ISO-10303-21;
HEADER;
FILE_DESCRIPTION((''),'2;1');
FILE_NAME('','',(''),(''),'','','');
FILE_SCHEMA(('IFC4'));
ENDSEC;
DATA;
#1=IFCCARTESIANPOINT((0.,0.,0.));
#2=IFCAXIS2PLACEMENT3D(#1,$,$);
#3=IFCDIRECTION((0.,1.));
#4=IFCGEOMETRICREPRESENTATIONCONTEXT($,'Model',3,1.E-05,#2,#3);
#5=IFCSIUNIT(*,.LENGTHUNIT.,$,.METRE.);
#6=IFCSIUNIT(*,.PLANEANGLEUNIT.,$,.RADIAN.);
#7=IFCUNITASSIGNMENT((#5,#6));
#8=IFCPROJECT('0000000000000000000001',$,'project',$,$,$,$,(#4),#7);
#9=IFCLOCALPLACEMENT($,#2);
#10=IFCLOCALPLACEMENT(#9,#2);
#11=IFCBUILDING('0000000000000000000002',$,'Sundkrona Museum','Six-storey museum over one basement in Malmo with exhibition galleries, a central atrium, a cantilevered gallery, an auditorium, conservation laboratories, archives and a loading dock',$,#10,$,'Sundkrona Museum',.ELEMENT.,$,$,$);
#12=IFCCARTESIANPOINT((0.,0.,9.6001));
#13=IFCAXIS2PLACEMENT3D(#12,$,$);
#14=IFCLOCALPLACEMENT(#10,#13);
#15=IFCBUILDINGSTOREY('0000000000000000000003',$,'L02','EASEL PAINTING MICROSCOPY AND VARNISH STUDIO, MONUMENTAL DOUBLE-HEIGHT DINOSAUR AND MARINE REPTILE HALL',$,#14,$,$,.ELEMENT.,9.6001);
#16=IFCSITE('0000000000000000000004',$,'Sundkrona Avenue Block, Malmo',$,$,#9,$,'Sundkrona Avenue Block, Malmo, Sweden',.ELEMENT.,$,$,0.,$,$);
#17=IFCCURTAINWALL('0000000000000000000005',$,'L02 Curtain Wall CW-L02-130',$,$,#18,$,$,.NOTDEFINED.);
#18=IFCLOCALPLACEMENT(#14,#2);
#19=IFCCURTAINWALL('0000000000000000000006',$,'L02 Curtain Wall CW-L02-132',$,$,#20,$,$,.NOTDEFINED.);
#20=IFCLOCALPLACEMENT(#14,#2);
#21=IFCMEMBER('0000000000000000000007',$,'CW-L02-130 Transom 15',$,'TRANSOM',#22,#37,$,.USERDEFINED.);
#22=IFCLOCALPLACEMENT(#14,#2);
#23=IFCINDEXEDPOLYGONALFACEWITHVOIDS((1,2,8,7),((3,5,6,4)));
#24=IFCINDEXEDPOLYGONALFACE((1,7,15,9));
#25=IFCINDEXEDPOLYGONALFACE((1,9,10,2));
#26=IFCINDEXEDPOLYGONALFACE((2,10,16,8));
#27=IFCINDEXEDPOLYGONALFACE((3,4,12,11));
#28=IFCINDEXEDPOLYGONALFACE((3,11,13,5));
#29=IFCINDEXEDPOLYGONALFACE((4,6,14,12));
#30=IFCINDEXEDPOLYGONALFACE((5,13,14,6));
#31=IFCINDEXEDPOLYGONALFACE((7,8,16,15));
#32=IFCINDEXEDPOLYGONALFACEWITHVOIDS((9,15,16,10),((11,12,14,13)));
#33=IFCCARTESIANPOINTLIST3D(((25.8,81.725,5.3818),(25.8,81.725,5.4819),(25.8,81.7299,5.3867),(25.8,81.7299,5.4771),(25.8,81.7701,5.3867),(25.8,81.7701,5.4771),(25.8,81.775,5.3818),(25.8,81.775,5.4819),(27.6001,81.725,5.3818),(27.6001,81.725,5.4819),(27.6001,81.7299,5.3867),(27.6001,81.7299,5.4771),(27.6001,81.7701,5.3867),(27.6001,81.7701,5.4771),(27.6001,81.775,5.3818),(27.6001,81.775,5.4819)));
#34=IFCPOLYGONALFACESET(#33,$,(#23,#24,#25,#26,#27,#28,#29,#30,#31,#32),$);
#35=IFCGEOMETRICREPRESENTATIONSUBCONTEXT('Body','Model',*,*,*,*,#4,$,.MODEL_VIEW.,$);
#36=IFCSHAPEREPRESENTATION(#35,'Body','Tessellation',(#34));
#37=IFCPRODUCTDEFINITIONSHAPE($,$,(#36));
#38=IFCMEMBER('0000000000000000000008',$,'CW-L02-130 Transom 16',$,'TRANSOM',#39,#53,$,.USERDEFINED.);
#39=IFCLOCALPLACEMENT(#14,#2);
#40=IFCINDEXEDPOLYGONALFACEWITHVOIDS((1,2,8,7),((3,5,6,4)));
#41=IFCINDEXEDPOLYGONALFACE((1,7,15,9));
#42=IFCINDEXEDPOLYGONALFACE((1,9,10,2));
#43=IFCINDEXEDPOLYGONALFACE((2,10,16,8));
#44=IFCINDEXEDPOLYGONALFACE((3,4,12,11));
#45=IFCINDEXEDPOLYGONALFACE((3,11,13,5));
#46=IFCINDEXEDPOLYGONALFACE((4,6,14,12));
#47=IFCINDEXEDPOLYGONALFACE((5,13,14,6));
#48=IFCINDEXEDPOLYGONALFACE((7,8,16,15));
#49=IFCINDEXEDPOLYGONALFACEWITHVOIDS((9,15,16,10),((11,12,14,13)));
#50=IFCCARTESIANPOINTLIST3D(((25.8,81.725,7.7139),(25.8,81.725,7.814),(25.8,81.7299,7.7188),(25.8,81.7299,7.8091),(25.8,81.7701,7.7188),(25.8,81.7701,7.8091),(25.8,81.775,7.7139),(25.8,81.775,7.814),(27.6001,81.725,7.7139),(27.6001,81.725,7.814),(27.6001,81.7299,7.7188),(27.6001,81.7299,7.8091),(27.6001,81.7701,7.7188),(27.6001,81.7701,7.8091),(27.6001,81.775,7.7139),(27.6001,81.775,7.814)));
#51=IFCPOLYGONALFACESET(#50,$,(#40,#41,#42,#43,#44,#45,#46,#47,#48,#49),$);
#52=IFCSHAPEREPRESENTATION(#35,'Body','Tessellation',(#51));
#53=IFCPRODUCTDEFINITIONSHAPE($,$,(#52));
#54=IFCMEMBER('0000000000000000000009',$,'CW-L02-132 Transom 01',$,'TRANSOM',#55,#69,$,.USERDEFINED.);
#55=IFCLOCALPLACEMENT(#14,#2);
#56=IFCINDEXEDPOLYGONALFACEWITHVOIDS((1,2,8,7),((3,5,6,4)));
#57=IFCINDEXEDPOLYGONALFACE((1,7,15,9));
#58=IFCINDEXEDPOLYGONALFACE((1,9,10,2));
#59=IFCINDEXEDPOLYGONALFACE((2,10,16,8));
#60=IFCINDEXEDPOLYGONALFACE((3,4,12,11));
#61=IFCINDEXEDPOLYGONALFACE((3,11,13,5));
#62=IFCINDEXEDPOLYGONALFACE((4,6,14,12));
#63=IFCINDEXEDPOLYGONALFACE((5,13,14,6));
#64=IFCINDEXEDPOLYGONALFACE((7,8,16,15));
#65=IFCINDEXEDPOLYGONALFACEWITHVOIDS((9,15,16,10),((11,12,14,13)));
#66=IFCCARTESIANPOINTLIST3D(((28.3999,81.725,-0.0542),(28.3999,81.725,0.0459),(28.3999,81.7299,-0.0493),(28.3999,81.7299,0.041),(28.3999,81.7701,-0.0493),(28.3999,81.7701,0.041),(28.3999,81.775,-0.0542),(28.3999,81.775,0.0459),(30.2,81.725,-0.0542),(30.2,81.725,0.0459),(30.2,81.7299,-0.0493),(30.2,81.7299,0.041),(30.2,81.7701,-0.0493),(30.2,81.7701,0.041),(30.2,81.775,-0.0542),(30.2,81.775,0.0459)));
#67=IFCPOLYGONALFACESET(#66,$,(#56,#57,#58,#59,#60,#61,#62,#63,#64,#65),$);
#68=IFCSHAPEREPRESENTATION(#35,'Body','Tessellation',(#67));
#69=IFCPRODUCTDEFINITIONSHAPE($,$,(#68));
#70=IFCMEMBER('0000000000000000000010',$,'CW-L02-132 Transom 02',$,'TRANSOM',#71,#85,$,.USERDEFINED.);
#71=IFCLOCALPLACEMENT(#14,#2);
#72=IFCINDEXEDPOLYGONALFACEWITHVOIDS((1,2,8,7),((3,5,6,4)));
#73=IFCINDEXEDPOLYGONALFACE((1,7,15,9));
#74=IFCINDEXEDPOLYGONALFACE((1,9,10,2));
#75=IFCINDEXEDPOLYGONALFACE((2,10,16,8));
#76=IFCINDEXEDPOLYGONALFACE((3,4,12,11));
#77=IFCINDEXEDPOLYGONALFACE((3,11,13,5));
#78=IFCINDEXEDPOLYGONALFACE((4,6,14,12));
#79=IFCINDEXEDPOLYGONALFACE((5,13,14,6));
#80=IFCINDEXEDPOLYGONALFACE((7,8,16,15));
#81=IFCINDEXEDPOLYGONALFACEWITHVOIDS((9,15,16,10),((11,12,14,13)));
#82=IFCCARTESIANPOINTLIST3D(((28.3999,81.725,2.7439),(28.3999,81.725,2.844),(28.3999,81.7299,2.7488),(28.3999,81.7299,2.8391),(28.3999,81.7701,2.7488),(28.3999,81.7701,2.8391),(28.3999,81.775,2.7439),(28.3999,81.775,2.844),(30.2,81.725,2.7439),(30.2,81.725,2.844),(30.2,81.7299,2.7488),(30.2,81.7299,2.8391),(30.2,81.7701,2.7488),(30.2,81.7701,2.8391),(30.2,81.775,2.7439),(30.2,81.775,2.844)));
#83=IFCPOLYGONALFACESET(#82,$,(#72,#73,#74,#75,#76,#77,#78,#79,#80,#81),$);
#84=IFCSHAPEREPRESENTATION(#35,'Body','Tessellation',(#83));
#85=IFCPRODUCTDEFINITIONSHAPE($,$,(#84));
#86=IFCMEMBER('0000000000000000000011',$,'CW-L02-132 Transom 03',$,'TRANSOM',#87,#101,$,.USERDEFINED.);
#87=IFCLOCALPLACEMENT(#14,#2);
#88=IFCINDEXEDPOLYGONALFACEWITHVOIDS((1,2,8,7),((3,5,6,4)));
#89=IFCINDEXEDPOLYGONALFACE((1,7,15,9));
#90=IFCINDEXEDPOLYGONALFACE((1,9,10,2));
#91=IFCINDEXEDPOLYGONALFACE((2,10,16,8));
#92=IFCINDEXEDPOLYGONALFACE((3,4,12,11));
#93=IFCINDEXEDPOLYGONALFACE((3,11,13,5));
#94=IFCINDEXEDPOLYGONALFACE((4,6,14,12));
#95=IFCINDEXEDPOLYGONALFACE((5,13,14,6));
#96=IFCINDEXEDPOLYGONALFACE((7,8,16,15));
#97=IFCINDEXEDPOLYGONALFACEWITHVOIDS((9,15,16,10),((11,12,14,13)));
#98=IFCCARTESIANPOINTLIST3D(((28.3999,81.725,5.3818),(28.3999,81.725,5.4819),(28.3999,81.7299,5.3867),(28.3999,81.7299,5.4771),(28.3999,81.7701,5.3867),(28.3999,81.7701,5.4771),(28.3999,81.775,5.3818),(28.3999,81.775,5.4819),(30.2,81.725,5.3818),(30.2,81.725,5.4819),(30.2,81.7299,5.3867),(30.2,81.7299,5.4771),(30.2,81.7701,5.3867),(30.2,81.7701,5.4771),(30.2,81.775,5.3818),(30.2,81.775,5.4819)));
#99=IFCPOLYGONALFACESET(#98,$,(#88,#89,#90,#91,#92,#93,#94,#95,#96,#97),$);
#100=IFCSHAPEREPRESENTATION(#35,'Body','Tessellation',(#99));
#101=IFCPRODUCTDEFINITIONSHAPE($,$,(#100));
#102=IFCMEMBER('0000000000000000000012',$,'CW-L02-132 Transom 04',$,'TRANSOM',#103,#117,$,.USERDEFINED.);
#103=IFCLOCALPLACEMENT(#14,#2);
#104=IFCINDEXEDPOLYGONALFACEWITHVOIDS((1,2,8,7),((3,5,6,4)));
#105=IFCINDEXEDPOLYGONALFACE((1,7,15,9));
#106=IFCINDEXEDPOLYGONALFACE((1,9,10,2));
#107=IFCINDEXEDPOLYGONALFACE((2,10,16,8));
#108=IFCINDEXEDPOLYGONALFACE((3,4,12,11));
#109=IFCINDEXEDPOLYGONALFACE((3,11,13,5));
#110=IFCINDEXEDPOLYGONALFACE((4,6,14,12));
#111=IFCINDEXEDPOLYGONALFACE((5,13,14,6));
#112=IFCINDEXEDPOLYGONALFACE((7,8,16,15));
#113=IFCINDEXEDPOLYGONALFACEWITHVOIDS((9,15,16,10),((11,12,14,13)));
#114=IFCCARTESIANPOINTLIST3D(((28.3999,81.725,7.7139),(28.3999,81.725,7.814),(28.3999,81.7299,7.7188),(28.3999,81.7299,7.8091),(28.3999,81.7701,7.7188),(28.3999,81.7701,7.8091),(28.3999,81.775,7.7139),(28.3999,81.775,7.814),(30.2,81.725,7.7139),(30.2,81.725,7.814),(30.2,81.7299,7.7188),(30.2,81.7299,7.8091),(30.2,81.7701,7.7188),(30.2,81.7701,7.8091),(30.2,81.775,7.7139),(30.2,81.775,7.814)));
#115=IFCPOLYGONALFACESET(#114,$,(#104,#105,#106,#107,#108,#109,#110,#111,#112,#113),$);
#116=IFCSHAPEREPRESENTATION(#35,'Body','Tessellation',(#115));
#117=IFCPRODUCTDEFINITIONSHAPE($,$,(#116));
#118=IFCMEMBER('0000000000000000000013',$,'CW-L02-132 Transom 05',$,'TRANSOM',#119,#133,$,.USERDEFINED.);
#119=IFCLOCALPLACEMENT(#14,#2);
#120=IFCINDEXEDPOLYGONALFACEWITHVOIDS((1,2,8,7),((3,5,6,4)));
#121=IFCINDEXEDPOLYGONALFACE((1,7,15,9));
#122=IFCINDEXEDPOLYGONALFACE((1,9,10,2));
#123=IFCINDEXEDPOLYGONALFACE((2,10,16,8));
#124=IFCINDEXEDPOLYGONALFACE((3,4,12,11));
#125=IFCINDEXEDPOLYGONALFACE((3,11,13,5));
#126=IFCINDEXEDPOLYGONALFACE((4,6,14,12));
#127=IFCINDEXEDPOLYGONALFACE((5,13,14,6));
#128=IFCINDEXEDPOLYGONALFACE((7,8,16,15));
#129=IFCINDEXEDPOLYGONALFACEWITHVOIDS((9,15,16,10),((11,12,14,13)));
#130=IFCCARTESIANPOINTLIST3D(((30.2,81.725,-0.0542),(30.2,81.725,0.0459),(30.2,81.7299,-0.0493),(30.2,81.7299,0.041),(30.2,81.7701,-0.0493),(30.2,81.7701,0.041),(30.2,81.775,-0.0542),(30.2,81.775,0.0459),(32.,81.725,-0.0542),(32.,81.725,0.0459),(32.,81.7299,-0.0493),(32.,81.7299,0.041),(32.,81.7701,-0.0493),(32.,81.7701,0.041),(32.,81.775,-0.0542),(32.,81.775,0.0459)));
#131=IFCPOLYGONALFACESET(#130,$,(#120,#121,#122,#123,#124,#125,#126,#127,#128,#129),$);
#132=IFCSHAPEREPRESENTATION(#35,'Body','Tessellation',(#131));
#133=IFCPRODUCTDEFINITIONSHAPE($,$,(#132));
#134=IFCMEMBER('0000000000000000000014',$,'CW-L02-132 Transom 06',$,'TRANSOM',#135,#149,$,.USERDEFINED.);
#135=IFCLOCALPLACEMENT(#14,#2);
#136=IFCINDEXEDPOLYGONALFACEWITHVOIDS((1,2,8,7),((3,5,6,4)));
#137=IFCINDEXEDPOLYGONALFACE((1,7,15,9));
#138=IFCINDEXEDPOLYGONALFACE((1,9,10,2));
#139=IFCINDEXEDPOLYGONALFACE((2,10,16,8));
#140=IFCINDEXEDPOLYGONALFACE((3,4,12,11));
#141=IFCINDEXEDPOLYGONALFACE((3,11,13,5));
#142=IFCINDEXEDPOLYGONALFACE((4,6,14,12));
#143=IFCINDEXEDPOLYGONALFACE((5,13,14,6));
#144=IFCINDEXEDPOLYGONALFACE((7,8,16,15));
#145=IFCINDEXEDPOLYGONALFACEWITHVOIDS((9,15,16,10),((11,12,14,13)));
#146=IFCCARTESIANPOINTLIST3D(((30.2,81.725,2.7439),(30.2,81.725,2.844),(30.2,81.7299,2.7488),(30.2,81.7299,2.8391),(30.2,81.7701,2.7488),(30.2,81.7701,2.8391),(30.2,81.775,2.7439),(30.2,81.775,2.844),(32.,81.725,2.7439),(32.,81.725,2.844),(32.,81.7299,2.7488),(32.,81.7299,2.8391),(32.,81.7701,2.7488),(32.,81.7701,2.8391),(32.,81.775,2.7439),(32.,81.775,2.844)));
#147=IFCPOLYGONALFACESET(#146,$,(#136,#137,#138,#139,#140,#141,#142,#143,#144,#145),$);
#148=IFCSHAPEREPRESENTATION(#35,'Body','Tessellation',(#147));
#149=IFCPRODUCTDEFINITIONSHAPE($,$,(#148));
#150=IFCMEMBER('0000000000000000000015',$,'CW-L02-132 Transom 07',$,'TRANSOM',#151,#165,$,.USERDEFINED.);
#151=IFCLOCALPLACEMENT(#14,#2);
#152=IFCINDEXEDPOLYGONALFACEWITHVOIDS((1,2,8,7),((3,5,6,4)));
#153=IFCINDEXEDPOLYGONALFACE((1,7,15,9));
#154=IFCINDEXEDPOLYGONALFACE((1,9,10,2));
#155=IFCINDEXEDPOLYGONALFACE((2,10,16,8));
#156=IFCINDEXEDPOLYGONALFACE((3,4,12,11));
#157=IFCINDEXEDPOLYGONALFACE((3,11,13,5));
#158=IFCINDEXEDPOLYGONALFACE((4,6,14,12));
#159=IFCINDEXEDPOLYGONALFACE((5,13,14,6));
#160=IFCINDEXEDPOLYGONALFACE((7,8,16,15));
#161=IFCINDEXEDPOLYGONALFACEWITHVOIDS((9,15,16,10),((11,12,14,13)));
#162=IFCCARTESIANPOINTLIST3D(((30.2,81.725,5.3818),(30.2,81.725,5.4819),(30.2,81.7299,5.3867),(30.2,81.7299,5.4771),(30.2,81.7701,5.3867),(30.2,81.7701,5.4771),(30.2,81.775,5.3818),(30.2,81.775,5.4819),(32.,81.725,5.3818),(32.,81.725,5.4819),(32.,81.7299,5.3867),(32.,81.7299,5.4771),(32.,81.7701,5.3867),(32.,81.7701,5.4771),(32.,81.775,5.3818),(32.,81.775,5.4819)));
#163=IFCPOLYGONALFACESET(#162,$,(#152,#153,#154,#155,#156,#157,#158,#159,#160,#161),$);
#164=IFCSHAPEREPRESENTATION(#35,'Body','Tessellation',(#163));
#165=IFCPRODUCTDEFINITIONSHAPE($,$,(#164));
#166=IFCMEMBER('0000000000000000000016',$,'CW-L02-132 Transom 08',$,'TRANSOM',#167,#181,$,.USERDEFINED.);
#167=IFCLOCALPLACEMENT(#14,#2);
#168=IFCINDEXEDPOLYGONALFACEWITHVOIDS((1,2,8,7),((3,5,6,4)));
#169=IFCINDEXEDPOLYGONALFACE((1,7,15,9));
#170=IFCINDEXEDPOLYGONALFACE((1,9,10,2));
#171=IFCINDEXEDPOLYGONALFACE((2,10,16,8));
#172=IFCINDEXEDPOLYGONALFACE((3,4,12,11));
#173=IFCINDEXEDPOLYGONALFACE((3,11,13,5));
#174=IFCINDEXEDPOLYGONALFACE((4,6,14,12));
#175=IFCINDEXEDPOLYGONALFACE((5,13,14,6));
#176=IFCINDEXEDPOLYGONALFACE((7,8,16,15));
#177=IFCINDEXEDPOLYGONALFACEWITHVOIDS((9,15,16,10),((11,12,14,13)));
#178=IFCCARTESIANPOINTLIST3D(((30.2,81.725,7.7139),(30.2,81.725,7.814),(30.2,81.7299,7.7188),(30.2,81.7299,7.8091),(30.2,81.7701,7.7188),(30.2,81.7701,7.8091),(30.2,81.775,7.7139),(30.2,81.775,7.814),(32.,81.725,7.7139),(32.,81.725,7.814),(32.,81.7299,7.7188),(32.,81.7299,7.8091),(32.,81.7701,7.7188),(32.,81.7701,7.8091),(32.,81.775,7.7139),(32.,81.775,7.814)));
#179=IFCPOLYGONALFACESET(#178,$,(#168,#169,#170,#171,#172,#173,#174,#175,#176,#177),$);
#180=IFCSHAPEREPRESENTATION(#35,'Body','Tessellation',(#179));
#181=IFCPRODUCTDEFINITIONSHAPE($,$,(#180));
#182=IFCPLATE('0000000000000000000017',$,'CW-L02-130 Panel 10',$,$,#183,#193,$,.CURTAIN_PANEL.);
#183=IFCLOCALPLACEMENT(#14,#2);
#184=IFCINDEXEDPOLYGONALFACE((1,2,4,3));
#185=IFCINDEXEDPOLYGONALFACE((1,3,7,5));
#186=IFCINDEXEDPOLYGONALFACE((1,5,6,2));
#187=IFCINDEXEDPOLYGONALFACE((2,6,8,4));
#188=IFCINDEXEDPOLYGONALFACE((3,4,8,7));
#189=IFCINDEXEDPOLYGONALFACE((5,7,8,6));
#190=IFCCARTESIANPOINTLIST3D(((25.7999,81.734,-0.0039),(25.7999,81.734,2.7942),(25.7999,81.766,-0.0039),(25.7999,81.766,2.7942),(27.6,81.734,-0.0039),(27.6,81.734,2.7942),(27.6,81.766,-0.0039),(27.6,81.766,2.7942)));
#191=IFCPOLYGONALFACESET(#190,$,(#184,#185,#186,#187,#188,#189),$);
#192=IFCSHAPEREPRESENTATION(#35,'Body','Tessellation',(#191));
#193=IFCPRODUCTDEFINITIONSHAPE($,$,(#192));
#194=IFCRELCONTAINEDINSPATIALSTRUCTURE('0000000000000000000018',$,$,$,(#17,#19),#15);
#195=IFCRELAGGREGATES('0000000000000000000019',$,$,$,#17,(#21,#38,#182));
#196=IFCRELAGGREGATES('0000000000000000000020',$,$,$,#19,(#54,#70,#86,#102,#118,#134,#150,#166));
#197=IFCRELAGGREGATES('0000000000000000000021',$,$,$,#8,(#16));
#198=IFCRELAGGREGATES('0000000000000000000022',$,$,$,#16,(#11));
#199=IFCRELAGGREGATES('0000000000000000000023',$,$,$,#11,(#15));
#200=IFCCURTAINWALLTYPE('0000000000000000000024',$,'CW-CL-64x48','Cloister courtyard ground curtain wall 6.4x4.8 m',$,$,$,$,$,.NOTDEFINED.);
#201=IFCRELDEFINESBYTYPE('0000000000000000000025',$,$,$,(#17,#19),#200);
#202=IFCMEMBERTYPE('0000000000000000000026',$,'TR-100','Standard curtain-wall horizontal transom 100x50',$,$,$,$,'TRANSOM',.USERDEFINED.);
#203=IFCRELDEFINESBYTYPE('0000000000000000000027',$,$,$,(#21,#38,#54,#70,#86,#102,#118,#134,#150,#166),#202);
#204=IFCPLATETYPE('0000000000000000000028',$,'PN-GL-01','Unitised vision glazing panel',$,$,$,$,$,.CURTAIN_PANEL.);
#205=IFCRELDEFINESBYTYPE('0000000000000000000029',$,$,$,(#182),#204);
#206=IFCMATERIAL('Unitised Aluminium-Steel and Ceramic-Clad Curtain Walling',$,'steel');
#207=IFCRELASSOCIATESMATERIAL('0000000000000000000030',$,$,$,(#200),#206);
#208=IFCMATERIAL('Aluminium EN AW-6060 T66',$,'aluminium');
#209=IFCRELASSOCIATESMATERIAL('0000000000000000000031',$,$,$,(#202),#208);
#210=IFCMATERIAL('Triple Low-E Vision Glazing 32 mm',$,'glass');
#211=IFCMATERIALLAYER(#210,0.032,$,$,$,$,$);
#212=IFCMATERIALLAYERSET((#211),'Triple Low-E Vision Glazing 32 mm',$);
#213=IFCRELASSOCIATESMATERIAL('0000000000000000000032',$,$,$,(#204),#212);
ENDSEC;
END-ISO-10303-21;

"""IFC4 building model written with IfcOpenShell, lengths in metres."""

from ifc_helpers import new_model, si_unit, direction, frame, origin, origin_2d, place, context, subcontext, project, spatial, rectangle, hollow_rectangle, extrude, material, layer, layer_set, material_profile, profile_set, type_object, element, aggregate, save


model = new_model("IFC4")

# Units and contexts
model_context = context("Model", 3, precision=1e-05, world=origin(), true_north=direction((0.0, 1.0)))
body_context = subcontext(model_context, "Body", "Model", "MODEL_VIEW")
ifc_project = project(units=[si_unit("LENGTHUNIT", "METRE"), si_unit("PLANEANGLEUNIT", "RADIAN")], contexts=[model_context])

# Site, building, storey
site_placement = place(None, origin())
site = spatial("IfcSite", under=ifc_project, at=site_placement, Name="Sundkrona Avenue Block, Malmo", LongName="Sundkrona Avenue Block, Malmo, Sweden", CompositionType="ELEMENT", RefElevation=0.0)
building_placement = place(site_placement, origin())
building = spatial("IfcBuilding", under=site, at=building_placement, Name="Sundkrona Museum", Description="Six-storey museum over one basement in Malmo with exhibition galleries, a central atrium, a cantilevered gallery, an auditorium, conservation laboratories, archives and a loading dock", LongName="Sundkrona Museum", CompositionType="ELEMENT")
storey_placement = place(building_placement, frame((0.0, 0.0, 9.6001)))
storey = spatial("IfcBuildingStorey", under=building, at=storey_placement, Name="L02", Description="EASEL PAINTING MICROSCOPY AND VARNISH STUDIO, MONUMENTAL DOUBLE-HEIGHT DINOSAUR AND MARINE REPTILE HALL", CompositionType="ELEMENT", Elevation=9.6001)

# Curtain wall
ifc_material_1 = material(Name="Unitised Aluminium-Steel and Ceramic-Clad Curtain Walling", Category="steel")
curtain_wall_type = type_object("IfcCurtainWallType", Name="CW-CL-64x48", Description="Cloister courtyard ground curtain wall 6.4x4.8 m", PredefinedType="NOTDEFINED", material=ifc_material_1)
curtain_wall_1_placement = place(storey_placement, origin())
curtain_wall_1 = element("IfcCurtainWall", 1, at=curtain_wall_1_placement, inside=storey, type_object=curtain_wall_type, Name="L02 Curtain Wall CW-L02-130", PredefinedType="NOTDEFINED")
ifc_material_2 = material(Name="Aluminium EN AW-6060 T66", Category="aluminium")

# Curtain wall
curtain_wall_2_placement = place(storey_placement, origin())
curtain_wall_2 = element("IfcCurtainWall", 2, at=curtain_wall_2_placement, inside=storey, type_object=curtain_wall_type, Name="L02 Curtain Wall CW-L02-132", PredefinedType="NOTDEFINED")

# Members
ifc_material_profile_1 = material_profile(ifc_material_2, hollow_rectangle(XDim=0.05, YDim=0.1001, WallThickness=0.0049, at=origin_2d()), Name="RHS 100x50x5.0")
ifc_profile_set_1 = profile_set([ifc_material_profile_1], Name="Aluminium EN AW-6060 T66")
member_type_1 = type_object("IfcMemberType", Name="TR-100", Description="Standard curtain-wall horizontal transom 100x50", ElementType="TRANSOM", PredefinedType="USERDEFINED", material=ifc_profile_set_1)
member_1_placement = place(storey_placement, frame((25.8, 81.75, 5.4319), z_axis=(1.0, 0.0, 0.0), x_axis=(0.0, 1.0, 0.0)))
member_1 = element("IfcMember", 3, at=member_1_placement, type_object=member_type_1, Name="CW-L02-130 Transom 15", ObjectType="TRANSOM", PredefinedType="USERDEFINED", context=body_context, shape_type="SweptSolid", body=[
    extrude(hollow_rectangle(XDim=0.05, YDim=0.1001, WallThickness=0.0049, at=origin_2d()), origin(), (0.0, 0.0, 1.0), 1.8),
])
member_2_placement = place(storey_placement, frame((25.8, 81.75, 7.7639), z_axis=(1.0, 0.0, 0.0), x_axis=(0.0, 1.0, 0.0)))
member_2 = element("IfcMember", 4, at=member_2_placement, type_object=member_type_1, Name="CW-L02-130 Transom 16", ObjectType="TRANSOM", PredefinedType="USERDEFINED", context=body_context, shape_type="SweptSolid", body=[
    extrude(hollow_rectangle(XDim=0.05, YDim=0.1001, WallThickness=0.0049, at=origin_2d()), origin(), (0.0, 0.0, 1.0), 1.8),
])
member_3_placement = place(storey_placement, frame((28.3999, 81.75, -0.0042), z_axis=(1.0, 0.0, 0.0), x_axis=(0.0, 1.0, 0.0)))
member_3 = element("IfcMember", 5, at=member_3_placement, type_object=member_type_1, Name="CW-L02-132 Transom 01", ObjectType="TRANSOM", PredefinedType="USERDEFINED", context=body_context, shape_type="SweptSolid", body=[
    extrude(hollow_rectangle(XDim=0.05, YDim=0.1001, WallThickness=0.0049, at=origin_2d()), origin(), (0.0, 0.0, 1.0), 1.8),
])
member_4_placement = place(storey_placement, frame((28.3999, 81.75, 2.7939), z_axis=(1.0, 0.0, 0.0), x_axis=(0.0, 1.0, 0.0)))
member_4 = element("IfcMember", 6, at=member_4_placement, type_object=member_type_1, Name="CW-L02-132 Transom 02", ObjectType="TRANSOM", PredefinedType="USERDEFINED", context=body_context, shape_type="SweptSolid", body=[
    extrude(hollow_rectangle(XDim=0.05, YDim=0.1001, WallThickness=0.0049, at=origin_2d()), origin(), (0.0, 0.0, 1.0), 1.8),
])
member_5_placement = place(storey_placement, frame((28.3999, 81.75, 5.4319), z_axis=(1.0, 0.0, 0.0), x_axis=(0.0, 1.0, 0.0)))
member_5 = element("IfcMember", 7, at=member_5_placement, type_object=member_type_1, Name="CW-L02-132 Transom 03", ObjectType="TRANSOM", PredefinedType="USERDEFINED", context=body_context, shape_type="SweptSolid", body=[
    extrude(hollow_rectangle(XDim=0.05, YDim=0.1001, WallThickness=0.0049, at=origin_2d()), origin(), (0.0, 0.0, 1.0), 1.8),
])
member_6_placement = place(storey_placement, frame((28.3999, 81.75, 7.7639), z_axis=(1.0, 0.0, 0.0), x_axis=(0.0, 1.0, 0.0)))
member_6 = element("IfcMember", 8, at=member_6_placement, type_object=member_type_1, Name="CW-L02-132 Transom 04", ObjectType="TRANSOM", PredefinedType="USERDEFINED", context=body_context, shape_type="SweptSolid", body=[
    extrude(hollow_rectangle(XDim=0.05, YDim=0.1001, WallThickness=0.0049, at=origin_2d()), origin(), (0.0, 0.0, 1.0), 1.8),
])
member_7_placement = place(storey_placement, frame((30.2, 81.75, -0.0042), z_axis=(1.0, 0.0, 0.0), x_axis=(0.0, 1.0, 0.0)))
member_7 = element("IfcMember", 9, at=member_7_placement, type_object=member_type_1, Name="CW-L02-132 Transom 05", ObjectType="TRANSOM", PredefinedType="USERDEFINED", context=body_context, shape_type="SweptSolid", body=[
    extrude(hollow_rectangle(XDim=0.05, YDim=0.1001, WallThickness=0.0049, at=origin_2d()), origin(), (0.0, 0.0, 1.0), 1.8),
])
member_8_placement = place(storey_placement, frame((30.2, 81.75, 2.7939), z_axis=(1.0, 0.0, 0.0), x_axis=(0.0, 1.0, 0.0)))
member_8 = element("IfcMember", 10, at=member_8_placement, type_object=member_type_1, Name="CW-L02-132 Transom 06", ObjectType="TRANSOM", PredefinedType="USERDEFINED", context=body_context, shape_type="SweptSolid", body=[
    extrude(hollow_rectangle(XDim=0.05, YDim=0.1001, WallThickness=0.0049, at=origin_2d()), origin(), (0.0, 0.0, 1.0), 1.8),
])
member_9_placement = place(storey_placement, frame((30.2, 81.75, 5.4319), z_axis=(1.0, 0.0, 0.0), x_axis=(0.0, 1.0, 0.0)))
member_9 = element("IfcMember", 11, at=member_9_placement, type_object=member_type_1, Name="CW-L02-132 Transom 07", ObjectType="TRANSOM", PredefinedType="USERDEFINED", context=body_context, shape_type="SweptSolid", body=[
    extrude(hollow_rectangle(XDim=0.05, YDim=0.1001, WallThickness=0.0049, at=origin_2d()), origin(), (0.0, 0.0, 1.0), 1.8),
])
member_10_placement = place(storey_placement, frame((30.2, 81.75, 7.7639), z_axis=(1.0, 0.0, 0.0), x_axis=(0.0, 1.0, 0.0)))
member_10 = element("IfcMember", 12, at=member_10_placement, type_object=member_type_1, Name="CW-L02-132 Transom 08", ObjectType="TRANSOM", PredefinedType="USERDEFINED", context=body_context, shape_type="SweptSolid", body=[
    extrude(hollow_rectangle(XDim=0.05, YDim=0.1001, WallThickness=0.0049, at=origin_2d()), origin(), (0.0, 0.0, 1.0), 1.8),
])

# Plate
ifc_material_3 = material(Name="Triple Low-E Vision Glazing 32 mm", Category="glass")
ifc_layer_1 = layer(ifc_material_3, 0.032)
ifc_layer_set_1 = layer_set([ifc_layer_1], Name="Triple Low-E Vision Glazing 32 mm")
plate_type = type_object("IfcPlateType", Name="PN-GL-01", Description="Unitised vision glazing panel", PredefinedType="CURTAIN_PANEL", material=ifc_layer_set_1)
plate_1_placement = place(storey_placement, frame((26.7, 81.75, -0.0039), z_axis=(0.0, 0.0, 1.0), x_axis=(1.0, 0.0, 0.0)))
plate_1 = element("IfcPlate", 13, at=plate_1_placement, type_object=plate_type, Name="CW-L02-130 Panel 10", PredefinedType="CURTAIN_PANEL", context=body_context, shape_type="SweptSolid", body=[
    extrude(rectangle(XDim=1.8, YDim=0.032, at=origin_2d()), origin(), (0.0, 0.0, 1.0), 2.7981),
])
aggregate(curtain_wall_1, [member_1, member_2, plate_1])
aggregate(curtain_wall_2, [member_3, member_4, member_5, member_6, member_7, member_8, member_9, member_10])

save(model, "model.ifc")
